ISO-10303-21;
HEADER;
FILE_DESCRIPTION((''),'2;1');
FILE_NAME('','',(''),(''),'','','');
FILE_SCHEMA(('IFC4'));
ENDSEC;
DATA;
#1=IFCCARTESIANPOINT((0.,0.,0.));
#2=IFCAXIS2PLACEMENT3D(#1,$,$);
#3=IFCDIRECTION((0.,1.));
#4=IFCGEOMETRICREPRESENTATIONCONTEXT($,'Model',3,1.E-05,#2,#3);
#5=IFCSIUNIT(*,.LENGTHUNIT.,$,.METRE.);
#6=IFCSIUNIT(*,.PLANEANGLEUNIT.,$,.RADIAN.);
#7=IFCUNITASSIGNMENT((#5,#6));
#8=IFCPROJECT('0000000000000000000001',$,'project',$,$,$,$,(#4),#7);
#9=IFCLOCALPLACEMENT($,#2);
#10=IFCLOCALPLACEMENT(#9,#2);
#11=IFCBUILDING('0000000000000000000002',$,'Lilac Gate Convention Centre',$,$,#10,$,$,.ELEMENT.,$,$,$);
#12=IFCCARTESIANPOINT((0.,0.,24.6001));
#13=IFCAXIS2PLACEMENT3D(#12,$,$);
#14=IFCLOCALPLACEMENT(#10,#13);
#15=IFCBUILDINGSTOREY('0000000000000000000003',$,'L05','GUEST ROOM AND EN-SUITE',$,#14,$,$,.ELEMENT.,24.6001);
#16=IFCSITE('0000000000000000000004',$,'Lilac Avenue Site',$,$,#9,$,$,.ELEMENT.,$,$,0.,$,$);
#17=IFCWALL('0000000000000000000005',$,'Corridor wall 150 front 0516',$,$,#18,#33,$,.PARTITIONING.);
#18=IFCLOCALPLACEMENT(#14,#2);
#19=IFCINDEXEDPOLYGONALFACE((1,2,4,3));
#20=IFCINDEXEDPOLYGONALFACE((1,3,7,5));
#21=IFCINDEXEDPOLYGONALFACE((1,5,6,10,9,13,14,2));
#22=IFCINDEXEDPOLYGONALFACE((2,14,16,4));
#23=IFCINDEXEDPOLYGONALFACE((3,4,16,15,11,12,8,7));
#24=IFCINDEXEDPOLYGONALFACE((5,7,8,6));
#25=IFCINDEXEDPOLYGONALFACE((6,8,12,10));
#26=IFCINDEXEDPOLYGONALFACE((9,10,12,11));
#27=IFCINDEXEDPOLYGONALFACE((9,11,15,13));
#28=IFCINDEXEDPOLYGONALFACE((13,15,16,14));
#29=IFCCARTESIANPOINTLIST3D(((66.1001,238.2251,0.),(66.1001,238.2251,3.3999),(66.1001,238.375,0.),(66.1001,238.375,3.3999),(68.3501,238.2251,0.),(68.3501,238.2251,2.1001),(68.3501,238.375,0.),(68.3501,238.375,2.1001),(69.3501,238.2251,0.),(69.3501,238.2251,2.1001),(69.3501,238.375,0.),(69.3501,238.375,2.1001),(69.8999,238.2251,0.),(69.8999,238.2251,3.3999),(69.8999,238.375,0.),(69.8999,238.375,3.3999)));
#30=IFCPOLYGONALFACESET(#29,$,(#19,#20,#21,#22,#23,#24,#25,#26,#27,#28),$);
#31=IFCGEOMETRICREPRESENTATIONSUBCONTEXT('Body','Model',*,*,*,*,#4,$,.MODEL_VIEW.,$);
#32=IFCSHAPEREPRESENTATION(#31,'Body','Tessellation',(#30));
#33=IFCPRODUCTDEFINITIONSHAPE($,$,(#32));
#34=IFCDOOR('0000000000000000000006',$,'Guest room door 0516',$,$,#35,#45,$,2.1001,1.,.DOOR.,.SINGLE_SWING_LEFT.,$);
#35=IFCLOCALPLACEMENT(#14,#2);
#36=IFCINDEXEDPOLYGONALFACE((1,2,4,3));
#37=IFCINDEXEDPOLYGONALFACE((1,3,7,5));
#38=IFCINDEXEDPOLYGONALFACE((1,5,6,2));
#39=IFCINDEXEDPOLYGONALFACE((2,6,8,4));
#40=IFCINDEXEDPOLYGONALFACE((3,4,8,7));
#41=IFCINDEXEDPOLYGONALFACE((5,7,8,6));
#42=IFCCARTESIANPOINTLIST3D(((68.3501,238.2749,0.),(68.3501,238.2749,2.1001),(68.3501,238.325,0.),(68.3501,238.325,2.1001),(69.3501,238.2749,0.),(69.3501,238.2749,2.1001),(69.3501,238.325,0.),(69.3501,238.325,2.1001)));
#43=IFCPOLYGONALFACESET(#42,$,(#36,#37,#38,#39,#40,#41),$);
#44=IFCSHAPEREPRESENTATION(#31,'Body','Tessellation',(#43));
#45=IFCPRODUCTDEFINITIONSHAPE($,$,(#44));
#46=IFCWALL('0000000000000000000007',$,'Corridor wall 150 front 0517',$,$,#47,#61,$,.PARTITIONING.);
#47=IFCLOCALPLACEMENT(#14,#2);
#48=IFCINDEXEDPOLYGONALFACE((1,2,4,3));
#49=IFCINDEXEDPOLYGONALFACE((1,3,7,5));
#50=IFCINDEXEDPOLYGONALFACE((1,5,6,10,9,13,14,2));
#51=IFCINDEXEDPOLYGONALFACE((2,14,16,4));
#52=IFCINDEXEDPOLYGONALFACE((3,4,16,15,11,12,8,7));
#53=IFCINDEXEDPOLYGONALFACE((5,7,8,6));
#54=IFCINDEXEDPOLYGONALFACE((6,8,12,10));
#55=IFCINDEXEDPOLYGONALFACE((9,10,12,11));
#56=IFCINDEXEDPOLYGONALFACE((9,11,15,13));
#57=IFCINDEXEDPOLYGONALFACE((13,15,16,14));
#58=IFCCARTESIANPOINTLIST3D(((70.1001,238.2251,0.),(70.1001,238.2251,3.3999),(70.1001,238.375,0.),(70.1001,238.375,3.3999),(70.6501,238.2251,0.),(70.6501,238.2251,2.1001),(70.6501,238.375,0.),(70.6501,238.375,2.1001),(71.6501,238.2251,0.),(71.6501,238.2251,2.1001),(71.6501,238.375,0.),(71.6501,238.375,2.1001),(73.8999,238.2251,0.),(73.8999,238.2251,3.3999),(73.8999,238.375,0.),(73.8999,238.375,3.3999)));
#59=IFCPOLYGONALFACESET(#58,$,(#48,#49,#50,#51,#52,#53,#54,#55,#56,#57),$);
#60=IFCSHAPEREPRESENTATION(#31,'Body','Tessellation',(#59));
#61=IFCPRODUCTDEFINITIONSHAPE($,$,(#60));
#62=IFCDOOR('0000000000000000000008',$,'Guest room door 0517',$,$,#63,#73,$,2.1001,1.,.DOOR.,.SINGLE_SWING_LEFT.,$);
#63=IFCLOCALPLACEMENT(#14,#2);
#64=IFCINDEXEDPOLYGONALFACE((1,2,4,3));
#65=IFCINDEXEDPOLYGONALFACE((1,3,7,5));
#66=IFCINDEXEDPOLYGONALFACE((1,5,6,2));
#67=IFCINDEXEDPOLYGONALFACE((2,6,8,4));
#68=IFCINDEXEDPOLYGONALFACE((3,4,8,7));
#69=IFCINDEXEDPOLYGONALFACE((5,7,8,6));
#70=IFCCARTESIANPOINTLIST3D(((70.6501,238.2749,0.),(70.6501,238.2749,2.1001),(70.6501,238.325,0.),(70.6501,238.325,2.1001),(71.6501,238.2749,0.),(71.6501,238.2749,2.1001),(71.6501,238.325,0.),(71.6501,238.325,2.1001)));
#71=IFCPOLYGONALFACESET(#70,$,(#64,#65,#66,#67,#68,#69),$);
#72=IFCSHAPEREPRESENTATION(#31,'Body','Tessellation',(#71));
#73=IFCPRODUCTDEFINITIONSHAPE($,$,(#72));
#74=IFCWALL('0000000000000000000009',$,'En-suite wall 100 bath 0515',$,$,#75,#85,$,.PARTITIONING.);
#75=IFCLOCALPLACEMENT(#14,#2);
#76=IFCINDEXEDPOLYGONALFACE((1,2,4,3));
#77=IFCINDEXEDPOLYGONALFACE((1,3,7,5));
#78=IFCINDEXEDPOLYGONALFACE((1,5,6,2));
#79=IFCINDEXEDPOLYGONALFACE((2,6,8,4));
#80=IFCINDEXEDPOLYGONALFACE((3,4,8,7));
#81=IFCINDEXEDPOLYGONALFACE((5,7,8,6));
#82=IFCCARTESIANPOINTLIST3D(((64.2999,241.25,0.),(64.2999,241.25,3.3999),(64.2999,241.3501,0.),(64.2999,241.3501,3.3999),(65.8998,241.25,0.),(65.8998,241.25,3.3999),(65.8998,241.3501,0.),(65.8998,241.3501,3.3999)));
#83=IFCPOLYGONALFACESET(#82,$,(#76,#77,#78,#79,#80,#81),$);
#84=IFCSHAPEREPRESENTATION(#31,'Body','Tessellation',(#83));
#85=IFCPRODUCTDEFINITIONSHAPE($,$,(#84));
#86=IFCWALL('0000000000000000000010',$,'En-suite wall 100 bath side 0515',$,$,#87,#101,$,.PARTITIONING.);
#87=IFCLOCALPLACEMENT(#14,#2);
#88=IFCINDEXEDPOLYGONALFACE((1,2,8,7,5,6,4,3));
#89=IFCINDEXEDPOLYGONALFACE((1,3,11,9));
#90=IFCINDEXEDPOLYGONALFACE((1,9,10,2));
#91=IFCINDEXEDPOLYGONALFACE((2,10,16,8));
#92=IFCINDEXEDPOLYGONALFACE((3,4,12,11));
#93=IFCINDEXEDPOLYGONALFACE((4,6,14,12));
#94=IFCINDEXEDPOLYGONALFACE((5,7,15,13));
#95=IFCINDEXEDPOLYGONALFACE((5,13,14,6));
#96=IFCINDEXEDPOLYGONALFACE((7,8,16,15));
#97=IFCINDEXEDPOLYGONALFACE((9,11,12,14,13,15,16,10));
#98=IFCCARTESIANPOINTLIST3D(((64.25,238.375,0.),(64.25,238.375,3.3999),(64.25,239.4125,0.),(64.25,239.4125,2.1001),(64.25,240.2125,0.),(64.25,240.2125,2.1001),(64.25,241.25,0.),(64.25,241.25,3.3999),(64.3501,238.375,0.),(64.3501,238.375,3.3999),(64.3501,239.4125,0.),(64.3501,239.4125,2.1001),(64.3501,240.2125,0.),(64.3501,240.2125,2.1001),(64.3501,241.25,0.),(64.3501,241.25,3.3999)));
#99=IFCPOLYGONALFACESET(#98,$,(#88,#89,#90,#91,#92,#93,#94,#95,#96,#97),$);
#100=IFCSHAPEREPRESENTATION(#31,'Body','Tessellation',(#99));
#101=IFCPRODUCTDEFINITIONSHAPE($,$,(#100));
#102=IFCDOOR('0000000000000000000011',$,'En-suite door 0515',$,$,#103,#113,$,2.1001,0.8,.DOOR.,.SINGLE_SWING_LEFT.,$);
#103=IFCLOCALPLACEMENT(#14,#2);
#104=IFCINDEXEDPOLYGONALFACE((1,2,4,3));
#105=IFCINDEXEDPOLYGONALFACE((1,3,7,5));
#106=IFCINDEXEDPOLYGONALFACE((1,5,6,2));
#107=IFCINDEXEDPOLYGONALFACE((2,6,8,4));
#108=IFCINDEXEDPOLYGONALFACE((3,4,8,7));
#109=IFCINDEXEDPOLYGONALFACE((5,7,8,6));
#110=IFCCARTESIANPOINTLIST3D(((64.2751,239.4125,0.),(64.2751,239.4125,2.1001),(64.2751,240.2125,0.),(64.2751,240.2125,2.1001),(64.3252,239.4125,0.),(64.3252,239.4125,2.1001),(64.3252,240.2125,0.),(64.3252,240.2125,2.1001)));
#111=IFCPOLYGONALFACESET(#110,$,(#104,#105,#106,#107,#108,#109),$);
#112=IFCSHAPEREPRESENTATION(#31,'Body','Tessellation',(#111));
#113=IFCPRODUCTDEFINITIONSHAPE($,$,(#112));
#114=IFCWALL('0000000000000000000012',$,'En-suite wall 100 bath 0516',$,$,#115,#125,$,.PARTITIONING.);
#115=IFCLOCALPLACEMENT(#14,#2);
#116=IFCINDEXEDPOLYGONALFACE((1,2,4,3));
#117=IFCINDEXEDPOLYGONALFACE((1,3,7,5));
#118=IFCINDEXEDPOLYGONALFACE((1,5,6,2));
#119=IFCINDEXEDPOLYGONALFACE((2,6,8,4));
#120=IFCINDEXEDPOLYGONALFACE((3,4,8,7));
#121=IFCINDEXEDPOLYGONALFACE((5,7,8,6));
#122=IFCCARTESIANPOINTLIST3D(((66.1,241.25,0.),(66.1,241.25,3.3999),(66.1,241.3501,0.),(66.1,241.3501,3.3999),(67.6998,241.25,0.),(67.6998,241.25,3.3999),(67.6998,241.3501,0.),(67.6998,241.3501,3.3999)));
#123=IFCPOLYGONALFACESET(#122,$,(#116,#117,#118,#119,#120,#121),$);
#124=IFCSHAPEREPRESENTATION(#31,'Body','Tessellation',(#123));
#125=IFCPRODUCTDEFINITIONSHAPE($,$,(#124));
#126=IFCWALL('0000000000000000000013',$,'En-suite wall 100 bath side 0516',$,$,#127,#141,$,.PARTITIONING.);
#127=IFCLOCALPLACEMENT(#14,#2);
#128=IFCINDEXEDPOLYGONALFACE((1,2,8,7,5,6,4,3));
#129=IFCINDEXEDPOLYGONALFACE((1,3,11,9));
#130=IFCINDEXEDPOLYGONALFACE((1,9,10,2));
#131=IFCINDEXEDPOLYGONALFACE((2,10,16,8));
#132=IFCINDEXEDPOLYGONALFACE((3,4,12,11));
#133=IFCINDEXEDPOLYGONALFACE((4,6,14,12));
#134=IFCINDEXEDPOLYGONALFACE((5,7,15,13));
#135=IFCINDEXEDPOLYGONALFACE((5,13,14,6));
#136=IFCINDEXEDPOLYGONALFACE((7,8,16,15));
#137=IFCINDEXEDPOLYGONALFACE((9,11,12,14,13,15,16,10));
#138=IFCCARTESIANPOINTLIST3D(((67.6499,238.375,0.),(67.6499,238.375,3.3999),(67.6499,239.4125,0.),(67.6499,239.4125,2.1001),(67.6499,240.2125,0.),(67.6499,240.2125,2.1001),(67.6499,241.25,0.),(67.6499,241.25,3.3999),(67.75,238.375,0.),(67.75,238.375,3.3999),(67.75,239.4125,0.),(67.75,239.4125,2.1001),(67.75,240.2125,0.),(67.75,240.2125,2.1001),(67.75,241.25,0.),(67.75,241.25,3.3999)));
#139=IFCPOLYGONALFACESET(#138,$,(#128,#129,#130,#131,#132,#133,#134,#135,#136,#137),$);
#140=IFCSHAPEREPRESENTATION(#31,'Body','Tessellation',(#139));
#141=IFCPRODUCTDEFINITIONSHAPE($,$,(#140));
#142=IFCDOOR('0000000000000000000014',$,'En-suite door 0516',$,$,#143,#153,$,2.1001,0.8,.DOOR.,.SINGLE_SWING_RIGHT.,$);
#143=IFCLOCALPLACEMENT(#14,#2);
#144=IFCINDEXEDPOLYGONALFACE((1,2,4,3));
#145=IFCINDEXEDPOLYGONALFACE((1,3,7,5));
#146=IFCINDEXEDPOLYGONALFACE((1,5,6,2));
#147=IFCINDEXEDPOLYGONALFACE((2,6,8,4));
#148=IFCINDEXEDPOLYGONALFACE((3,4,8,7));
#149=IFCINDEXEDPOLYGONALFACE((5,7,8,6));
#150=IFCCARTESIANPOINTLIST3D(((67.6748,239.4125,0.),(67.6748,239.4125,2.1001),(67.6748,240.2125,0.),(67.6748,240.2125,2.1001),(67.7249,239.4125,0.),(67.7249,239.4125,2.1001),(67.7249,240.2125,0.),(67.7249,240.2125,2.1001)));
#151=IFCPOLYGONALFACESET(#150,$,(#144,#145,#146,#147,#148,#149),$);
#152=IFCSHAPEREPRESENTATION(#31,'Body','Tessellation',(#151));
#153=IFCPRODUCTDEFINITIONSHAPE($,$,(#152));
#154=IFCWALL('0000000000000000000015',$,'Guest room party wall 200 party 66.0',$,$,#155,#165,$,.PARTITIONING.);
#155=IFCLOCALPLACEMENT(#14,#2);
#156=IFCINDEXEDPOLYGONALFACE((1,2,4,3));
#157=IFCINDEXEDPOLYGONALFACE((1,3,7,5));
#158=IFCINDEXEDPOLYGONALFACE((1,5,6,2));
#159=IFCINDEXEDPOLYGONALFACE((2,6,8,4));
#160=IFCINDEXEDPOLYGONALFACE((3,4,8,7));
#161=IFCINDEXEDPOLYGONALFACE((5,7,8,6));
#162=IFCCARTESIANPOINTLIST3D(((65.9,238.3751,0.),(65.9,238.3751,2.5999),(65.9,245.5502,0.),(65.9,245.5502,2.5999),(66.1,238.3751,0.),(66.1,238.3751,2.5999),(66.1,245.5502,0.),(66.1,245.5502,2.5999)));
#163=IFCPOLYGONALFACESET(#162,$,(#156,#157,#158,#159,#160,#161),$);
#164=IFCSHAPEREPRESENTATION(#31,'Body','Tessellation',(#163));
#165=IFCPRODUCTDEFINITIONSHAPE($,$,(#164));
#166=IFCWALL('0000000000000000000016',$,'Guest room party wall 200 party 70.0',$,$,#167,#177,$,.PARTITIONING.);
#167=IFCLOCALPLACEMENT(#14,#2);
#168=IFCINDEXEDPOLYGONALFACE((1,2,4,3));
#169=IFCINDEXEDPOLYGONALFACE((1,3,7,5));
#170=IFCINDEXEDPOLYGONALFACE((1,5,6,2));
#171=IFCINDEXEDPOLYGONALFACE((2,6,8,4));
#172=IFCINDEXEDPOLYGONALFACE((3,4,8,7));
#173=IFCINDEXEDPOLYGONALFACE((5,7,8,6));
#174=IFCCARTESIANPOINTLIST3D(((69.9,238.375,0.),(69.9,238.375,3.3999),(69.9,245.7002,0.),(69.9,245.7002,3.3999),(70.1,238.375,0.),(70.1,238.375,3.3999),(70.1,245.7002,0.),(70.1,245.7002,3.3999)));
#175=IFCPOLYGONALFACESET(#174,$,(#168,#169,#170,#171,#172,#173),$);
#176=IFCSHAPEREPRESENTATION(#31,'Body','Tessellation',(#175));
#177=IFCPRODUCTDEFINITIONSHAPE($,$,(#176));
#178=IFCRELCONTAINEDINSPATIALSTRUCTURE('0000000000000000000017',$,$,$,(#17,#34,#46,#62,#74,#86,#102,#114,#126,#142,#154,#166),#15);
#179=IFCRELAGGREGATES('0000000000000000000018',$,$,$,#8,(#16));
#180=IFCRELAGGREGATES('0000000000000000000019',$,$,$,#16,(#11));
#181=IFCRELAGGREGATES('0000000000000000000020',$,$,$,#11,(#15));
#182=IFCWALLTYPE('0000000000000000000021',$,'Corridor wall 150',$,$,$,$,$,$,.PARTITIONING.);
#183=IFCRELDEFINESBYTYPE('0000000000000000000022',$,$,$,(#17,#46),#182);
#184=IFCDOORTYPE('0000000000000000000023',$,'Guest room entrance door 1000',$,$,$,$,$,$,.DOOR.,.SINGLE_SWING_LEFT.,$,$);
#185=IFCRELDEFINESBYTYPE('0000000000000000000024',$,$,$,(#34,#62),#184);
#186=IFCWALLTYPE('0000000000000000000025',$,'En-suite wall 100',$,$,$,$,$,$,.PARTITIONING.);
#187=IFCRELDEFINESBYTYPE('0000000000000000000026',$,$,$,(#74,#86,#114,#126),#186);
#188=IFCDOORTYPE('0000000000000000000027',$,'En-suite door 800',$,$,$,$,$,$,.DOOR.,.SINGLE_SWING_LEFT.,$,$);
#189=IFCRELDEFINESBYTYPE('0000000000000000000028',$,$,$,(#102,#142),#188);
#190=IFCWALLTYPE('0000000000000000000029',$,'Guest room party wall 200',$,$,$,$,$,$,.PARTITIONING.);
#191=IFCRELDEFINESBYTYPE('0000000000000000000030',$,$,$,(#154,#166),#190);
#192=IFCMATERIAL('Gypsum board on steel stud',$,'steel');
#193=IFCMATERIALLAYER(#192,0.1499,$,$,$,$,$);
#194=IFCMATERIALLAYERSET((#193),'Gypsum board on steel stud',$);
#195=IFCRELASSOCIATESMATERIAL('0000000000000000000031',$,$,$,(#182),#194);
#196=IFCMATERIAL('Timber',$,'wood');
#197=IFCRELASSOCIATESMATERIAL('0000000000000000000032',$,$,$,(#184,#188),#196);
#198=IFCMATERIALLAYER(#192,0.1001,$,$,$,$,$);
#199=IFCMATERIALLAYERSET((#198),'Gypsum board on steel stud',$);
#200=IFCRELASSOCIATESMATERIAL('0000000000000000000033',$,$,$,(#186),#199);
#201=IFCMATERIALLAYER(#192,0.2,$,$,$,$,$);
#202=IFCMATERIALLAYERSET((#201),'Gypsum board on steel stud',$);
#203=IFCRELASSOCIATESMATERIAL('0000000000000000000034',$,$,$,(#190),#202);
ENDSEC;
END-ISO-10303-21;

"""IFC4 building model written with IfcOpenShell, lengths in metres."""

from ifc_helpers import new_model, si_unit, direction, frame, frame_2d, origin, place, context, subcontext, project, spatial, rectangle, extrude, material, layer, layer_set, type_object, element, fill, save


model = new_model("IFC4")

# Units and contexts
model_context = context("Model", 3, precision=1e-05, world=origin(), true_north=direction((0.0, 1.0)))
body_context = subcontext(model_context, "Body", "Model", "MODEL_VIEW")
ifc_project = project(units=[si_unit("LENGTHUNIT", "METRE"), si_unit("PLANEANGLEUNIT", "RADIAN")], contexts=[model_context])

# Site, building, storey
site_placement = place(None, origin())
site = spatial("IfcSite", under=ifc_project, at=site_placement, Name="Lilac Avenue Site", CompositionType="ELEMENT", RefElevation=0.0)
building_placement = place(site_placement, origin())
building = spatial("IfcBuilding", under=site, at=building_placement, Name="Lilac Gate Convention Centre", CompositionType="ELEMENT")
storey_placement = place(building_placement, frame((0.0, 0.0, 24.6001)))
storey = spatial("IfcBuildingStorey", under=building, at=storey_placement, Name="L05", Description="GUEST ROOM AND EN-SUITE", CompositionType="ELEMENT", Elevation=24.6001)

# Walls, openings, doors
ifc_material_1 = material(Name="Gypsum board on steel stud", Category="steel")
ifc_layer_1 = layer(ifc_material_1, 0.1499)
ifc_layer_set_1 = layer_set([ifc_layer_1], Name="Gypsum board on steel stud")
wall_type_1 = type_object("IfcWallType", Name="Corridor wall 150", PredefinedType="PARTITIONING", material=ifc_layer_set_1)
ifc_material_2 = material(Name="Timber", Category="wood")
door_type_1 = type_object("IfcDoorType", Name="Guest room entrance door 1000", OperationType="SINGLE_SWING_LEFT", PredefinedType="DOOR", material=ifc_material_2)
wall_1_placement = place(storey_placement, frame((66.1001, 238.3, 0.0), z_axis=(0.0, 0.0, 1.0), x_axis=(1.0, 0.0, 0.0)))
wall_1 = element("IfcWall", 1, at=wall_1_placement, inside=storey, type_object=wall_type_1, Name="Corridor wall 150 front 0516", PredefinedType="PARTITIONING", context=body_context, shape_type="SweptSolid", body=[
    extrude(rectangle(XDim=3.7998, YDim=0.1499, at=frame_2d((1.8999, 0.0))), origin(), (0.0, 0.0, 1.0), 3.3999),
])
opening_1_placement = place(wall_1_placement, frame((2.25, 0.0, 0.0)))
opening_1 = element("IfcOpeningElement", 2, at=opening_1_placement, cuts=wall_1, PredefinedType="OPENING", context=body_context, shape_type="SweptSolid", body=[
    extrude(rectangle(XDim=1.0, YDim=2.1001, at=frame_2d((0.5, 1.05))), frame((0.0, 0.085, 0.0), z_axis=(0.0, -1.0, 0.0), x_axis=(1.0, 0.0, 0.0)), (0.0, 0.0, 1.0), 0.1699),
])
door_1_placement = place(opening_1_placement, origin())
door_1 = element("IfcDoor", 3, at=door_1_placement, inside=storey, type_object=door_type_1, Name="Guest room door 0516", OperationType="SINGLE_SWING_LEFT", OverallHeight=2.1001, OverallWidth=1.0, PredefinedType="DOOR", context=body_context, shape_type="SweptSolid", body=[
    extrude(rectangle(XDim=1.0, YDim=2.1001, at=frame_2d((0.5, 1.05))), frame((0.0, 0.0249, 0.0), z_axis=(0.0, -1.0, 0.0), x_axis=(1.0, 0.0, 0.0)), (0.0, 0.0, 1.0), 0.05),
])
fill(opening_1, door_1)
wall_2_placement = place(storey_placement, frame((70.1001, 238.3, 0.0), z_axis=(0.0, 0.0, 1.0), x_axis=(1.0, 0.0, 0.0)))
wall_2 = element("IfcWall", 4, at=wall_2_placement, inside=storey, type_object=wall_type_1, Name="Corridor wall 150 front 0517", PredefinedType="PARTITIONING", context=body_context, shape_type="SweptSolid", body=[
    extrude(rectangle(XDim=3.7998, YDim=0.1499, at=frame_2d((1.8999, 0.0))), origin(), (0.0, 0.0, 1.0), 3.3999),
])
opening_2_placement = place(wall_2_placement, frame((0.55, 0.0, 0.0)))
opening_2 = element("IfcOpeningElement", 5, at=opening_2_placement, cuts=wall_2, PredefinedType="OPENING", context=body_context, shape_type="SweptSolid", body=[
    extrude(rectangle(XDim=1.0, YDim=2.1001, at=frame_2d((0.5, 1.05))), frame((0.0, 0.085, 0.0), z_axis=(0.0, -1.0, 0.0), x_axis=(1.0, 0.0, 0.0)), (0.0, 0.0, 1.0), 0.1699),
])
door_2_placement = place(opening_2_placement, origin())
door_2 = element("IfcDoor", 6, at=door_2_placement, inside=storey, type_object=door_type_1, Name="Guest room door 0517", OperationType="SINGLE_SWING_LEFT", OverallHeight=2.1001, OverallWidth=1.0, PredefinedType="DOOR", context=body_context, shape_type="SweptSolid", body=[
    extrude(rectangle(XDim=1.0, YDim=2.1001, at=frame_2d((0.5, 1.05))), frame((0.0, 0.0249, 0.0), z_axis=(0.0, -1.0, 0.0), x_axis=(1.0, 0.0, 0.0)), (0.0, 0.0, 1.0), 0.05),
])
fill(opening_2, door_2)

# Wall
ifc_layer_2 = layer(ifc_material_1, 0.1001)
ifc_layer_set_2 = layer_set([ifc_layer_2], Name="Gypsum board on steel stud")
wall_type_2 = type_object("IfcWallType", Name="En-suite wall 100", PredefinedType="PARTITIONING", material=ifc_layer_set_2)
wall_3_placement = place(storey_placement, frame((64.3, 241.3, 0.0), z_axis=(0.0, 0.0, 1.0), x_axis=(1.0, 0.0, 0.0)))
element("IfcWall", 7, at=wall_3_placement, inside=storey, type_object=wall_type_2, Name="En-suite wall 100 bath 0515", PredefinedType="PARTITIONING", context=body_context, shape_type="SweptSolid", body=[
    extrude(rectangle(XDim=1.5999, YDim=0.1001, at=frame_2d((0.7998, 0.0))), origin(), (0.0, 0.0, 1.0), 3.3999),
])

# Wall, opening, door
wall_4_placement = place(storey_placement, frame((64.3, 238.375, 0.0), z_axis=(0.0, 0.0, 1.0), x_axis=(0.0, 1.0, 0.0)))
wall_4 = element("IfcWall", 8, at=wall_4_placement, inside=storey, type_object=wall_type_2, Name="En-suite wall 100 bath side 0515", PredefinedType="PARTITIONING", context=body_context, shape_type="SweptSolid", body=[
    extrude(rectangle(XDim=2.875, YDim=0.1001, at=frame_2d((1.4375, 0.0))), origin(), (0.0, 0.0, 1.0), 3.3999),
])
opening_3_placement = place(wall_4_placement, frame((1.0376, 0.0, 0.0)))
opening_3 = element("IfcOpeningElement", 9, at=opening_3_placement, cuts=wall_4, PredefinedType="OPENING", context=body_context, shape_type="SweptSolid", body=[
    extrude(rectangle(XDim=0.8, YDim=2.1001, at=frame_2d((0.3999, 1.05))), frame((0.0, 0.0601, 0.0), z_axis=(0.0, -1.0, 0.0), x_axis=(1.0, 0.0, 0.0)), (0.0, 0.0, 1.0), 0.1201),
])
door_type_2 = type_object("IfcDoorType", Name="En-suite door 800", OperationType="SINGLE_SWING_LEFT", PredefinedType="DOOR", material=ifc_material_2)
door_3_placement = place(opening_3_placement, origin())
door_3 = element("IfcDoor", 10, at=door_3_placement, inside=storey, type_object=door_type_2, Name="En-suite door 0515", OperationType="SINGLE_SWING_LEFT", OverallHeight=2.1001, OverallWidth=0.8, PredefinedType="DOOR", context=body_context, shape_type="SweptSolid", body=[
    extrude(rectangle(XDim=0.8, YDim=2.1001, at=frame_2d((0.3999, 1.05))), frame((0.0, 0.0249, 0.0), z_axis=(0.0, -1.0, 0.0), x_axis=(1.0, 0.0, 0.0)), (0.0, 0.0, 1.0), 0.05),
])
fill(opening_3, door_3)

# Wall
wall_5_placement = place(storey_placement, frame((66.1001, 241.3, 0.0), z_axis=(0.0, 0.0, 1.0), x_axis=(1.0, 0.0, 0.0)))
element("IfcWall", 11, at=wall_5_placement, inside=storey, type_object=wall_type_2, Name="En-suite wall 100 bath 0516", PredefinedType="PARTITIONING", context=body_context, shape_type="SweptSolid", body=[
    extrude(rectangle(XDim=1.5999, YDim=0.1001, at=frame_2d((0.7998, 0.0))), origin(), (0.0, 0.0, 1.0), 3.3999),
])

# Wall, opening, door
wall_6_placement = place(storey_placement, frame((67.7, 241.25, 0.0), z_axis=(0.0, 0.0, 1.0), x_axis=(0.0, -1.0, 0.0)))
wall_6 = element("IfcWall", 12, at=wall_6_placement, inside=storey, type_object=wall_type_2, Name="En-suite wall 100 bath side 0516", PredefinedType="PARTITIONING", context=body_context, shape_type="SweptSolid", body=[
    extrude(rectangle(XDim=2.875, YDim=0.1001, at=frame_2d((1.4375, 0.0))), origin(), (0.0, 0.0, 1.0), 3.3999),
])
opening_4_placement = place(wall_6_placement, frame((1.0376, 0.0, 0.0)))
opening_4 = element("IfcOpeningElement", 13, at=opening_4_placement, cuts=wall_6, PredefinedType="OPENING", context=body_context, shape_type="SweptSolid", body=[
    extrude(rectangle(XDim=0.8, YDim=2.1001, at=frame_2d((0.3999, 1.05))), frame((0.0, 0.0601, 0.0), z_axis=(0.0, -1.0, 0.0), x_axis=(1.0, 0.0, 0.0)), (0.0, 0.0, 1.0), 0.1201),
])
door_4_placement = place(opening_4_placement, origin())
door_4 = element("IfcDoor", 14, at=door_4_placement, inside=storey, type_object=door_type_2, Name="En-suite door 0516", OperationType="SINGLE_SWING_RIGHT", OverallHeight=2.1001, OverallWidth=0.8, PredefinedType="DOOR", context=body_context, shape_type="SweptSolid", body=[
    extrude(rectangle(XDim=0.8, YDim=2.1001, at=frame_2d((0.3999, 1.05))), frame((0.0, 0.0249, 0.0), z_axis=(0.0, -1.0, 0.0), x_axis=(1.0, 0.0, 0.0)), (0.0, 0.0, 1.0), 0.05),
])
fill(opening_4, door_4)

# Walls
ifc_layer_3 = layer(ifc_material_1, 0.2)
ifc_layer_set_3 = layer_set([ifc_layer_3], Name="Gypsum board on steel stud")
wall_type_3 = type_object("IfcWallType", Name="Guest room party wall 200", PredefinedType="PARTITIONING", material=ifc_layer_set_3)
wall_7_placement = place(storey_placement, frame((66.0, 245.55, 0.0), z_axis=(0.0, 0.0, 1.0), x_axis=(0.0, -1.0, 0.0)))
element("IfcWall", 15, at=wall_7_placement, inside=storey, type_object=wall_type_3, Name="Guest room party wall 200 party 66.0", PredefinedType="PARTITIONING", context=body_context, shape_type="SweptSolid", body=[
    extrude(rectangle(XDim=7.175, YDim=0.2, at=frame_2d((3.5874, 0.0))), origin(), (0.0, 0.0, 1.0), 2.5999),
])
wall_8_placement = place(storey_placement, frame((70.0, 245.7002, 0.0), z_axis=(0.0, 0.0, 1.0), x_axis=(0.0, -1.0, 0.0)))
element("IfcWall", 16, at=wall_8_placement, inside=storey, type_object=wall_type_3, Name="Guest room party wall 200 party 70.0", PredefinedType="PARTITIONING", context=body_context, shape_type="SweptSolid", body=[
    extrude(rectangle(XDim=7.3252, YDim=0.2, at=frame_2d((3.6626, 0.0))), origin(), (0.0, 0.0, 1.0), 3.3999),
])

save(model, "model.ifc")
